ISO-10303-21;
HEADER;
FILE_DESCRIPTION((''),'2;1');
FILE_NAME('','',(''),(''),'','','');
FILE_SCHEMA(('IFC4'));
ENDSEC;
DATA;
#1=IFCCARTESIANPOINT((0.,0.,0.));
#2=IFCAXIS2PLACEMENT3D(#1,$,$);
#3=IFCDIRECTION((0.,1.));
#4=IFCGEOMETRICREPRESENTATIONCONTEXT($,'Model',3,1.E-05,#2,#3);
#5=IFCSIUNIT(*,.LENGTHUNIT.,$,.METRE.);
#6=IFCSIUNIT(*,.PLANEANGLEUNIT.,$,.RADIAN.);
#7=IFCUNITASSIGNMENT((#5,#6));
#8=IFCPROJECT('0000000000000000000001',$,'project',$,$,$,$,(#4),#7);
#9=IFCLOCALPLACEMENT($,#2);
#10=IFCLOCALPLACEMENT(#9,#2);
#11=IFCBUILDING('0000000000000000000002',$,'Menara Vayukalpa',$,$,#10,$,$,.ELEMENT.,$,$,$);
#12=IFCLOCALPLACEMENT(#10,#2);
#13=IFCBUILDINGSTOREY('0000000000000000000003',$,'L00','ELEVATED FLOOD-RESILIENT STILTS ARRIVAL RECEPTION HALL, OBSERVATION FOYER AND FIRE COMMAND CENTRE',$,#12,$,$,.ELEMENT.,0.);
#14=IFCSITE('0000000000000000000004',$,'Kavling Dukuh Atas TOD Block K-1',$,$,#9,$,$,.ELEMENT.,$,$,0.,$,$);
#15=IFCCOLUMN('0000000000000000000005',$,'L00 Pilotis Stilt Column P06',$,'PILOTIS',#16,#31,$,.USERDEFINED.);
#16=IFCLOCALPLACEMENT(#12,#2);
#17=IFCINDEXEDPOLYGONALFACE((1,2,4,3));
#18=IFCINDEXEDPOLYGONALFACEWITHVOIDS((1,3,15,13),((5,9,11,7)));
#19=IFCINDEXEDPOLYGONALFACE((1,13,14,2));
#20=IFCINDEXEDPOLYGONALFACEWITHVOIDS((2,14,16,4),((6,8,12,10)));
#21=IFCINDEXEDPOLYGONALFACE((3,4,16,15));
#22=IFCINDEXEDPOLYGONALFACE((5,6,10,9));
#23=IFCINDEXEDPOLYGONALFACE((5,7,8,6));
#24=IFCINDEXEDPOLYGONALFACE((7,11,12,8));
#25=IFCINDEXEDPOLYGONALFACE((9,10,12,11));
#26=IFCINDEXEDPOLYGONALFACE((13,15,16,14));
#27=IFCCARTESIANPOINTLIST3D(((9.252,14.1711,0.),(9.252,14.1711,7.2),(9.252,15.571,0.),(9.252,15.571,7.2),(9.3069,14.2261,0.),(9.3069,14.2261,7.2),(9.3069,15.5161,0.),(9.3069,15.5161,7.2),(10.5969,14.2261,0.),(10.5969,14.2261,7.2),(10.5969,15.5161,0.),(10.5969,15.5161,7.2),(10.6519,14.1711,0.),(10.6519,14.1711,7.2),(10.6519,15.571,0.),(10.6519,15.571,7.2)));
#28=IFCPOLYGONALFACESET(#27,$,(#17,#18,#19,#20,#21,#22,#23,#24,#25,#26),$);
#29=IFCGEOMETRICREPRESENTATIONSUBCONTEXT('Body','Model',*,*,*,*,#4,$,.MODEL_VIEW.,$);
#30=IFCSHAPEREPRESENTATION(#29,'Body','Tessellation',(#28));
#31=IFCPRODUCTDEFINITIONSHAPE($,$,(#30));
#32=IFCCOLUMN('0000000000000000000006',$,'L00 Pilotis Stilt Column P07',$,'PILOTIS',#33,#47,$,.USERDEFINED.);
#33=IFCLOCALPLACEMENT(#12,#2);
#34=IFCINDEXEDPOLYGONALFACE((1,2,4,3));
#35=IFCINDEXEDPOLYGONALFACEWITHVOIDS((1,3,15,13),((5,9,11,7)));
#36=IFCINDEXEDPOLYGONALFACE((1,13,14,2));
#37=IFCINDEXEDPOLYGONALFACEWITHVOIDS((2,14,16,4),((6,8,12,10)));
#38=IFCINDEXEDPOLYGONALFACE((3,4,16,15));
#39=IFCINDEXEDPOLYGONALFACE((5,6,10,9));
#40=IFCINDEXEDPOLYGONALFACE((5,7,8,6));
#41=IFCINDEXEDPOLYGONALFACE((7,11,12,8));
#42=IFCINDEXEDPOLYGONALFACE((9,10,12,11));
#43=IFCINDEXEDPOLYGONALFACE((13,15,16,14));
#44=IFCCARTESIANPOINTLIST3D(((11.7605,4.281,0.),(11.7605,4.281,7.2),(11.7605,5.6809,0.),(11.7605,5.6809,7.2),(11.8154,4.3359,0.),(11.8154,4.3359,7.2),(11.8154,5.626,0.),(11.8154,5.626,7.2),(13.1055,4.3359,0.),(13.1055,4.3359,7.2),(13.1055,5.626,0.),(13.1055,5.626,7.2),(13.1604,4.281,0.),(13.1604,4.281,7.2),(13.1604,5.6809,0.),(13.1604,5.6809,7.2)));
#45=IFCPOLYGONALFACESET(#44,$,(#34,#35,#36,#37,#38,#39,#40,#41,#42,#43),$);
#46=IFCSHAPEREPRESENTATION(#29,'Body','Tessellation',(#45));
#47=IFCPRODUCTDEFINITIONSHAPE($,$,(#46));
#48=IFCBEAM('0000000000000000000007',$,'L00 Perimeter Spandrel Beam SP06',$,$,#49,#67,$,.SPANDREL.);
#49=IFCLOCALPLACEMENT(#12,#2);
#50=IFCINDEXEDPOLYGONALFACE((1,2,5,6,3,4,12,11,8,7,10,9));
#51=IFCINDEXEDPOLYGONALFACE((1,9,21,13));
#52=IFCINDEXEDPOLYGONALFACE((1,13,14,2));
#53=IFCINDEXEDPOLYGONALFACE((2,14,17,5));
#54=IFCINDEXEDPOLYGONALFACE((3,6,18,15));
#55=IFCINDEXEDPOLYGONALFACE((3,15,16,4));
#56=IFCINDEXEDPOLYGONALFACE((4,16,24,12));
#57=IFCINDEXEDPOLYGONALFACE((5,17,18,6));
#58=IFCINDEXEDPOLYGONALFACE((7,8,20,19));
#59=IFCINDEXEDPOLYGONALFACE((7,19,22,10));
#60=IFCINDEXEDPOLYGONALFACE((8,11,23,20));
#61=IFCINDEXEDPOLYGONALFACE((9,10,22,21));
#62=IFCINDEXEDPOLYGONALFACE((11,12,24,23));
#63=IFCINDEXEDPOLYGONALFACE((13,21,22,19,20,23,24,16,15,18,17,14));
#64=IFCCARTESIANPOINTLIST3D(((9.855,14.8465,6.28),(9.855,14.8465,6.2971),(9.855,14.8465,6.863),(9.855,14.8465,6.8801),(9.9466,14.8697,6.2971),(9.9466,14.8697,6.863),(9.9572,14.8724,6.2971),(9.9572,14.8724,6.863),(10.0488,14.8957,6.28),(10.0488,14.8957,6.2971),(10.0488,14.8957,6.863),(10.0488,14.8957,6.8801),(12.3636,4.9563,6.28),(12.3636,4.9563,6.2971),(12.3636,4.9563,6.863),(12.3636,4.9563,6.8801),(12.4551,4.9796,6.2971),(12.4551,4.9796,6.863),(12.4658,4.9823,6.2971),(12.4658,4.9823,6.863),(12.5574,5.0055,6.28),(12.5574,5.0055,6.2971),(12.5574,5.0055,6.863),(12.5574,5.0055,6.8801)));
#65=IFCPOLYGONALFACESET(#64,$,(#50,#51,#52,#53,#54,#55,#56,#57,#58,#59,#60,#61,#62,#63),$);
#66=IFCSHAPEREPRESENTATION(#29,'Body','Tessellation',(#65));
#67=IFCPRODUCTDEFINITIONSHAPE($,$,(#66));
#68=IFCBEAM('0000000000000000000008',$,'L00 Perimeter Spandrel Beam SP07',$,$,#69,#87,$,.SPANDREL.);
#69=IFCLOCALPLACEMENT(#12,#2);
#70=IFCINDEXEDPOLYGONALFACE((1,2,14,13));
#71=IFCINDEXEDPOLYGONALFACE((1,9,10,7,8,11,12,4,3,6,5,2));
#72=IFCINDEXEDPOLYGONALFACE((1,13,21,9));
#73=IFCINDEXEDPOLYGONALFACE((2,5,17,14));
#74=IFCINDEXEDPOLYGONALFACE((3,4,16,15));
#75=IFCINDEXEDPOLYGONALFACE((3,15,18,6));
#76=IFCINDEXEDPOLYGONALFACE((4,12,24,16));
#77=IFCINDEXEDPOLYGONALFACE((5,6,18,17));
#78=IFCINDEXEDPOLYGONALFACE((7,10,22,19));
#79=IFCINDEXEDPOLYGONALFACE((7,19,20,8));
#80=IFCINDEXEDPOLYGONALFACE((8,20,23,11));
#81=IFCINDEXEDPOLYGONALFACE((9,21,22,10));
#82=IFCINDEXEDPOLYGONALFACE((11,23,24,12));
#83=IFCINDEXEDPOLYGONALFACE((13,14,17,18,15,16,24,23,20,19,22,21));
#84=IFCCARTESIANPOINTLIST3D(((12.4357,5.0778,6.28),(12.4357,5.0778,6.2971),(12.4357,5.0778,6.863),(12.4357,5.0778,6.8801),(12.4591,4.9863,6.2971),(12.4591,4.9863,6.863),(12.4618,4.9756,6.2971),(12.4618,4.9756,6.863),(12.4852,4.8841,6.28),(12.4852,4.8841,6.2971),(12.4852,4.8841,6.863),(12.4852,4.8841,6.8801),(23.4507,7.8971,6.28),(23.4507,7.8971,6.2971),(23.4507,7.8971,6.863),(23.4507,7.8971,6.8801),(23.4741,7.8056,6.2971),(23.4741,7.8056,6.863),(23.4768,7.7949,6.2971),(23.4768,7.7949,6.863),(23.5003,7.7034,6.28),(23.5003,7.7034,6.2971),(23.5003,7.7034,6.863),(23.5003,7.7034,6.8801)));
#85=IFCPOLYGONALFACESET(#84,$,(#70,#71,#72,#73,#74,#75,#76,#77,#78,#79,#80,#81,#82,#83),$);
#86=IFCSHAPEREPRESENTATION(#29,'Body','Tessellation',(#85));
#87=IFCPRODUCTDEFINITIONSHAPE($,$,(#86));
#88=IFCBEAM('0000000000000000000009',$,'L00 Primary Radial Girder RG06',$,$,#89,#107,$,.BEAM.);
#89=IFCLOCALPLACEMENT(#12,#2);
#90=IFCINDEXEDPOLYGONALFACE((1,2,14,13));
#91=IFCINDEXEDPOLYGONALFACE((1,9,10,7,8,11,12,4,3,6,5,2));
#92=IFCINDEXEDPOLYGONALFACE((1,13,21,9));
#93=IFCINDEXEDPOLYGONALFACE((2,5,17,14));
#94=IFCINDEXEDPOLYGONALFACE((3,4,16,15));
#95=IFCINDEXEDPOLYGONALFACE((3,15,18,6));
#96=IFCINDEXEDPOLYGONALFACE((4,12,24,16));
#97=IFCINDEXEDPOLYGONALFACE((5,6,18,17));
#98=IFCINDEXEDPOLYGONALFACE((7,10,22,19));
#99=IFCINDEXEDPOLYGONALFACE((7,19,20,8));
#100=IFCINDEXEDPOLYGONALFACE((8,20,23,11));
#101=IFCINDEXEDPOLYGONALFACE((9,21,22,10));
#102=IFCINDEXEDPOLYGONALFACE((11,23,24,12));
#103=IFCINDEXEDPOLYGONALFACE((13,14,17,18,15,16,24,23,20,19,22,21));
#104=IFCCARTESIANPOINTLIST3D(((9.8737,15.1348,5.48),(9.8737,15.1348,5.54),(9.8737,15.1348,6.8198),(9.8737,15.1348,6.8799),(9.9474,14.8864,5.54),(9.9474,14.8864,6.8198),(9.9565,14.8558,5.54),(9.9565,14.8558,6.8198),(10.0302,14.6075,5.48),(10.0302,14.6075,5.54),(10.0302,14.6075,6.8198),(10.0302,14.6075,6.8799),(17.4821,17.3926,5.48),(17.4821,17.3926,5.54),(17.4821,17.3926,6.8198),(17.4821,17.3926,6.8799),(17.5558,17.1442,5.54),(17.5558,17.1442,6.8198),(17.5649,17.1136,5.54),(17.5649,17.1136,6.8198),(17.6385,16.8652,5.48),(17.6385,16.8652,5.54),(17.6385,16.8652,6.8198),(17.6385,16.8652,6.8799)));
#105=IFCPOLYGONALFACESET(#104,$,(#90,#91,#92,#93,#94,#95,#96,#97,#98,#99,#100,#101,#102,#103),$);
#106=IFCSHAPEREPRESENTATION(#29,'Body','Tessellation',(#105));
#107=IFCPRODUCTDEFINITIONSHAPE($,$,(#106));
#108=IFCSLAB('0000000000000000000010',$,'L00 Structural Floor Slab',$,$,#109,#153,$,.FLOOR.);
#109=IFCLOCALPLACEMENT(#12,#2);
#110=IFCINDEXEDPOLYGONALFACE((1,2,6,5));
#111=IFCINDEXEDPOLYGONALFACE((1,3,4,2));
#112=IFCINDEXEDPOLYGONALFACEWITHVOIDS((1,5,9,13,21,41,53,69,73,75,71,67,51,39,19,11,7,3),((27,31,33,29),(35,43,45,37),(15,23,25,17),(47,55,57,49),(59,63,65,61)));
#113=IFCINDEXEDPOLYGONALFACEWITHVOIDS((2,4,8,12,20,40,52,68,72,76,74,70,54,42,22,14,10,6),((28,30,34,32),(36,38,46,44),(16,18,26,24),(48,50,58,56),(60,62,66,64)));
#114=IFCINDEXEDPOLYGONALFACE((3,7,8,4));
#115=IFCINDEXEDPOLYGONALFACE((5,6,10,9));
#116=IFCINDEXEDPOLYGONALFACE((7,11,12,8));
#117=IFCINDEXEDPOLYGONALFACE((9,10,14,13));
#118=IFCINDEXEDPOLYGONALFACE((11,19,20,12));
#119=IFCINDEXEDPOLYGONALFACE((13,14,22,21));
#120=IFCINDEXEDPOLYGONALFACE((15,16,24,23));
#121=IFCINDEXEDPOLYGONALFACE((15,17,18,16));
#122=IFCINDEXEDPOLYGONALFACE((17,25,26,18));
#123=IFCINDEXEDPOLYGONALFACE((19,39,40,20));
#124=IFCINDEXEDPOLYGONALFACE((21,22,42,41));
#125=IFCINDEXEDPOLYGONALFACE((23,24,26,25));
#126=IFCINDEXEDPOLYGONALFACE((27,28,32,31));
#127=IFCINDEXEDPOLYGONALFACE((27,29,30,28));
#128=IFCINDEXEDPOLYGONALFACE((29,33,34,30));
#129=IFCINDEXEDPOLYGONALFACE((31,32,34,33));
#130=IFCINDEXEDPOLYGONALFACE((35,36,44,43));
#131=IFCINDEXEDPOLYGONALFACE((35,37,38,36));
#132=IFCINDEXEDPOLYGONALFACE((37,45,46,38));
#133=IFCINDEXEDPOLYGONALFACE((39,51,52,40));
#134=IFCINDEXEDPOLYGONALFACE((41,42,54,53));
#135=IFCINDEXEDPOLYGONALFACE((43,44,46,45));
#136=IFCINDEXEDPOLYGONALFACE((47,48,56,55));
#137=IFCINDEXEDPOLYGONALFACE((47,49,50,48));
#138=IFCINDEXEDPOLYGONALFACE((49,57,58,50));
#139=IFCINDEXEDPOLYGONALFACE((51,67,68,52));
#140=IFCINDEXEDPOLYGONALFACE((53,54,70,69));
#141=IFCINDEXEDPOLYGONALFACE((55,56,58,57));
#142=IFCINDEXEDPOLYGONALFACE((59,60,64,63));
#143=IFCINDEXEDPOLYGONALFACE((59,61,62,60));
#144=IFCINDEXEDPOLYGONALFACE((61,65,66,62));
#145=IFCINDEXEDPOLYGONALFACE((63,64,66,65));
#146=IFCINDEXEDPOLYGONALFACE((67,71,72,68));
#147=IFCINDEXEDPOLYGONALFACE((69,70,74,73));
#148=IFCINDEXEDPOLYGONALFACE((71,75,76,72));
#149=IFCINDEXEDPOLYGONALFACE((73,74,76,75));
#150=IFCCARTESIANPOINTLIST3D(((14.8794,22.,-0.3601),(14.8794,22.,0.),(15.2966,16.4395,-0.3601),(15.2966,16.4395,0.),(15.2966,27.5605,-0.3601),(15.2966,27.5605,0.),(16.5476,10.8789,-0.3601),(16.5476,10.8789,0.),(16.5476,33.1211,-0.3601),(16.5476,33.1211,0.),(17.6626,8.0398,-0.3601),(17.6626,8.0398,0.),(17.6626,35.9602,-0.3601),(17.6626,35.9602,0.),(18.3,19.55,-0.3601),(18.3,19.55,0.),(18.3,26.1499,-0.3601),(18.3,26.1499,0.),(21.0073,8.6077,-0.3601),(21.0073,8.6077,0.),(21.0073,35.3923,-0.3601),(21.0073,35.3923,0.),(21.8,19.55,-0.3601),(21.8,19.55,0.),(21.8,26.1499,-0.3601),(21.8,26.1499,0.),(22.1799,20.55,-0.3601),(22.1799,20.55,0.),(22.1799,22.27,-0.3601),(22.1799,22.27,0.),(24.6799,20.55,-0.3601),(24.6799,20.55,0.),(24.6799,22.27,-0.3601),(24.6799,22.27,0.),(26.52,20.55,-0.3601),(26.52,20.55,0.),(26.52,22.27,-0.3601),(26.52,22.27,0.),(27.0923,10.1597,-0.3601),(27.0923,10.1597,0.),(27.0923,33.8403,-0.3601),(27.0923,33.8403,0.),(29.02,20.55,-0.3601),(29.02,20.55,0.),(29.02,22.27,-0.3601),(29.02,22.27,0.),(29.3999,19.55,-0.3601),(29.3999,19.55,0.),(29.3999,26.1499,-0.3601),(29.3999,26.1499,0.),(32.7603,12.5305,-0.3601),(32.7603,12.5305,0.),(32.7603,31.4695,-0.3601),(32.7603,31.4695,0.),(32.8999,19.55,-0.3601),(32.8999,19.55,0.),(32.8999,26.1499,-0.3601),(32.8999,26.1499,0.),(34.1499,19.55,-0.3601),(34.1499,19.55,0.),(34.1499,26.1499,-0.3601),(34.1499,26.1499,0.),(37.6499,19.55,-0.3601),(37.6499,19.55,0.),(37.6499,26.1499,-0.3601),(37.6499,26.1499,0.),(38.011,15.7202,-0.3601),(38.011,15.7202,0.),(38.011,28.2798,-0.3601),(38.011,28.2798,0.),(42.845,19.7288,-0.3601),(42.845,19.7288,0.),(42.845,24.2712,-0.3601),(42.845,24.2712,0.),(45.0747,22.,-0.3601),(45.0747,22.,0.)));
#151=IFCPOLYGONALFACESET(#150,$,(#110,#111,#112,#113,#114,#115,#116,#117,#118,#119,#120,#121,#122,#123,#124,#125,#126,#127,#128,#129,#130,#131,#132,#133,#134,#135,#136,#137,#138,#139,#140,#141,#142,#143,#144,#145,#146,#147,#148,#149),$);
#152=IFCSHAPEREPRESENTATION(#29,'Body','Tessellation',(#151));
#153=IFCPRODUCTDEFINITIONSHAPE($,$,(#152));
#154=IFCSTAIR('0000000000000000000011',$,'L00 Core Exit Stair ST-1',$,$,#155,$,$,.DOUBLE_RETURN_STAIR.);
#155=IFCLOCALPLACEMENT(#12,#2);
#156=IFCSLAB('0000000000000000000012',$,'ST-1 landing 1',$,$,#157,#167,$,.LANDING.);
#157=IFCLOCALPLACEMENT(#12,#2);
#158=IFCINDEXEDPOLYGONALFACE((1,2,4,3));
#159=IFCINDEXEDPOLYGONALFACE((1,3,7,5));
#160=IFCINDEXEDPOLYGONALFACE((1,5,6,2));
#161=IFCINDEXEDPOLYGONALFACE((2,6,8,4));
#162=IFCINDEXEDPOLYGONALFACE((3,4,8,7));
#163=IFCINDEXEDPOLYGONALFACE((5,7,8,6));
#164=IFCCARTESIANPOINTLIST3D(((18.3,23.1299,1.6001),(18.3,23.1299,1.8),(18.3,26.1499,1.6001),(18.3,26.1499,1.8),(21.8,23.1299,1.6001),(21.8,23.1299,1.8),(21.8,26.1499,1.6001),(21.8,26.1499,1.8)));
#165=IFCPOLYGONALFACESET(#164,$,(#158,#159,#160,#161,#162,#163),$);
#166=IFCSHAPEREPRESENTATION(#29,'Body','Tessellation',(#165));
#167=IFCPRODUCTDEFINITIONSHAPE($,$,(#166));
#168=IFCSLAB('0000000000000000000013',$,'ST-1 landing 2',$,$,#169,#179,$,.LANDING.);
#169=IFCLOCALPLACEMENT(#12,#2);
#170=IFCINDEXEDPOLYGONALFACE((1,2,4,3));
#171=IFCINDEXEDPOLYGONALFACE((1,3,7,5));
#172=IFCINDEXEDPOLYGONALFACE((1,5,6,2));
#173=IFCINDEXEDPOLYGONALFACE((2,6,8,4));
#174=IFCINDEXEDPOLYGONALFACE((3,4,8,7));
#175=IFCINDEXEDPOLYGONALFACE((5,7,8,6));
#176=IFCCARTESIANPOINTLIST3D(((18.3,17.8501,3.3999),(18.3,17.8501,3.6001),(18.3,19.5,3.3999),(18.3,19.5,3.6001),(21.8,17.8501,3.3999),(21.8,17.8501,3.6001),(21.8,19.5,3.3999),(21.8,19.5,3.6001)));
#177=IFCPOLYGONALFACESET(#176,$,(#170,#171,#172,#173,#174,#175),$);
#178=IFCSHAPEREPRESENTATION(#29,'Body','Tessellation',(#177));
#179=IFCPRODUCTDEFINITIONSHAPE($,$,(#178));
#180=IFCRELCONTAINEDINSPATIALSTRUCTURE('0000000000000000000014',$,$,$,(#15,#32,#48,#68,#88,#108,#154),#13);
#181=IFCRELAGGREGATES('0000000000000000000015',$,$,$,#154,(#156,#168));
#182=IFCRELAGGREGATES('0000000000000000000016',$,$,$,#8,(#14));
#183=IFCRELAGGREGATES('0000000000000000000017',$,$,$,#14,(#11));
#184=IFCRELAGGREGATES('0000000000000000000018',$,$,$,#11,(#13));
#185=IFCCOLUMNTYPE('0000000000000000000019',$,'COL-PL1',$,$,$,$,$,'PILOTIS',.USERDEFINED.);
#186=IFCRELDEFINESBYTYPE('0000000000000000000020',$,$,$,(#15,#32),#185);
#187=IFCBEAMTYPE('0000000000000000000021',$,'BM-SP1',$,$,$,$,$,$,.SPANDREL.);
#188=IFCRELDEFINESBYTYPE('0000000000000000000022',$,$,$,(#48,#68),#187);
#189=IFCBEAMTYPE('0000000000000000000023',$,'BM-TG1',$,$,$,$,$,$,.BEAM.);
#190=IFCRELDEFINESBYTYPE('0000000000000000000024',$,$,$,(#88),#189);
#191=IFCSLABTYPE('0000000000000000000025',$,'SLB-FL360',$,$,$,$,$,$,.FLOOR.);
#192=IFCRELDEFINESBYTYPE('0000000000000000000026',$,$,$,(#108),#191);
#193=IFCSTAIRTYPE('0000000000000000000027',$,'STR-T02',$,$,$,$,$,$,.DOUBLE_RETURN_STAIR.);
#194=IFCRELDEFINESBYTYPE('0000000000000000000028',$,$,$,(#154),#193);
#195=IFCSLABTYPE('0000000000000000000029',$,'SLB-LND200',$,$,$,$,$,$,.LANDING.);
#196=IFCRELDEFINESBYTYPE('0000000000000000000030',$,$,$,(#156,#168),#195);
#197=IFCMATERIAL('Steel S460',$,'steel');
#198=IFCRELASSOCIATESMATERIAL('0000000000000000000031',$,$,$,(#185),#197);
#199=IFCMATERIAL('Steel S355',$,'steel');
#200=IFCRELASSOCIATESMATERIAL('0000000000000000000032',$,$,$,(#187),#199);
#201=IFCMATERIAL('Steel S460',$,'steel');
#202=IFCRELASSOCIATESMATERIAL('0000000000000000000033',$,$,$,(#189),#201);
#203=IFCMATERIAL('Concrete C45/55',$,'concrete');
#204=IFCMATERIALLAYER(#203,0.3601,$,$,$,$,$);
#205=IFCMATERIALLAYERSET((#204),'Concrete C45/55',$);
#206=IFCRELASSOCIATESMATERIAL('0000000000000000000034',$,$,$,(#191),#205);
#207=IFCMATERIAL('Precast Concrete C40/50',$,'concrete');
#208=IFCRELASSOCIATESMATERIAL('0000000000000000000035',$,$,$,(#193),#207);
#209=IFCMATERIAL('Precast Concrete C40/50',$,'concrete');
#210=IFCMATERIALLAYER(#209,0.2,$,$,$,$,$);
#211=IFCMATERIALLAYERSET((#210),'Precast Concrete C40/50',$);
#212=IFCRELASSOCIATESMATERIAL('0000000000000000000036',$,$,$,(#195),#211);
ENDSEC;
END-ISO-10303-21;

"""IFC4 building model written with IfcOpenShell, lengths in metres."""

from ifc_helpers import new_model, si_unit, direction, frame, origin, origin_2d, place, context, subcontext, project, spatial, polyline, hollow_rectangle, i_section, outline, extrude, material, layer, layer_set, material_profile, profile_set, type_object, element, aggregate, save


model = new_model("IFC4")

# Units and contexts
model_context = context("Model", 3, precision=1e-05, world=origin(), true_north=direction((0.0, 1.0)))
body_context = subcontext(model_context, "Body", "Model", "MODEL_VIEW")
ifc_project = project(units=[si_unit("LENGTHUNIT", "METRE"), si_unit("PLANEANGLEUNIT", "RADIAN")], contexts=[model_context])

# Site, building, storey
site_placement = place(None, origin())
site = spatial("IfcSite", under=ifc_project, at=site_placement, Name="Kavling Dukuh Atas TOD Block K-1", CompositionType="ELEMENT", RefElevation=0.0)
building_placement = place(site_placement, origin())
building = spatial("IfcBuilding", under=site, at=building_placement, Name="Menara Vayukalpa", CompositionType="ELEMENT")
storey_placement = place(building_placement, origin())
storey = spatial("IfcBuildingStorey", under=building, at=storey_placement, Name="L00", Description="ELEVATED FLOOD-RESILIENT STILTS ARRIVAL RECEPTION HALL, OBSERVATION FOYER AND FIRE COMMAND CENTRE", CompositionType="ELEMENT", Elevation=0.0)

# Columns
ifc_material_1 = material(Name="Steel S460", Category="steel")
ifc_material_profile_1 = material_profile(ifc_material_1, hollow_rectangle(XDim=1.3999, YDim=1.3999, WallThickness=0.0549, at=origin_2d()), Name="BOX 1400x1400x55")
ifc_profile_set_1 = profile_set([ifc_material_profile_1], Name="Steel S460")
column_type = type_object("IfcColumnType", Name="COL-PL1", ElementType="PILOTIS", PredefinedType="USERDEFINED", material=ifc_profile_set_1)
for number, where, z_axis, x_axis, name in (
    (1, (9.9519, 14.8711, 0.0), (0.0, 0.0, 1.0), (1.0, 0.0, 0.0), "L00 Pilotis Stilt Column P06"),
    (2, (12.4604, 4.981, 0.0), (0.0, 0.0, 1.0), (1.0, 0.0, 0.0), "L00 Pilotis Stilt Column P07"),
):
    element("IfcColumn", number, at=place(storey_placement, frame(where, z_axis=z_axis, x_axis=x_axis)), inside=storey, type_object=column_type, Name=name, ObjectType="PILOTIS", PredefinedType="USERDEFINED", context=body_context, shape_type="SweptSolid", body=[
        extrude(hollow_rectangle(XDim=1.3999, YDim=1.3999, WallThickness=0.0549, at=origin_2d()), origin(), (0.0, 0.0, 1.0), 7.2),
    ])

# Beams
ifc_material_2 = material(Name="Steel S355", Category="steel")
ifc_material_profile_2 = material_profile(ifc_material_2, i_section(OverallWidth=0.2, OverallDepth=0.6001, WebThickness=0.011, FlangeThickness=0.0171, at=origin_2d()), Name="WF 600x200x11x17")
ifc_profile_set_2 = profile_set([ifc_material_profile_2], Name="Steel S355")
beam_type_1 = type_object("IfcBeamType", Name="BM-SP1", PredefinedType="SPANDREL", material=ifc_profile_set_2)
beam_1_placement = place(storey_placement, frame((9.9519, 14.8711, 6.5801), z_axis=(0.245856, -0.969306, 0.0), x_axis=(0.969306, 0.245856, 0.0)))
element("IfcBeam", 3, at=beam_1_placement, inside=storey, type_object=beam_type_1, Name="L00 Perimeter Spandrel Beam SP06", PredefinedType="SPANDREL", context=body_context, shape_type="SweptSolid", body=[
    extrude(i_section(OverallWidth=0.2, OverallDepth=0.6001, WebThickness=0.011, FlangeThickness=0.0171, at=origin_2d()), origin(), (0.0, 0.0, 1.0), 10.2034),
])
beam_2_placement = place(storey_placement, frame((12.4604, 4.981, 6.5801), z_axis=(0.968771, 0.247958, 0.0), x_axis=(-0.247958, 0.968771, 0.0)))
element("IfcBeam", 4, at=beam_2_placement, inside=storey, type_object=beam_type_1, Name="L00 Perimeter Spandrel Beam SP07", PredefinedType="SPANDREL", context=body_context, shape_type="SweptSolid", body=[
    extrude(i_section(OverallWidth=0.2, OverallDepth=0.6001, WebThickness=0.011, FlangeThickness=0.0171, at=origin_2d()), origin(), (0.0, 0.0, 1.0), 11.3701),
])
ifc_material_3 = material(Name="Steel S460", Category="steel")
ifc_material_profile_3 = material_profile(ifc_material_3, i_section(OverallWidth=0.55, OverallDepth=1.3999, WebThickness=0.032, FlangeThickness=0.0601, at=origin_2d()), Name="WG 1400x550x32x60")
ifc_profile_set_3 = profile_set([ifc_material_profile_3], Name="Steel S460")
beam_type_2 = type_object("IfcBeamType", Name="BM-TG1", PredefinedType="BEAM", material=ifc_profile_set_3)
beam_3_placement = place(storey_placement, frame((17.5603, 17.1289, 6.1799), z_axis=(-0.958679, -0.284491, 0.0), x_axis=(0.284491, -0.958679, 0.0)))
element("IfcBeam", 5, at=beam_3_placement, inside=storey, type_object=beam_type_2, Name="L00 Primary Radial Girder RG06", PredefinedType="BEAM", context=body_context, shape_type="SweptSolid", body=[
    extrude(i_section(OverallWidth=0.55, OverallDepth=1.3999, WebThickness=0.032, FlangeThickness=0.0601, at=origin_2d()), origin(), (0.0, 0.0, 1.0), 7.9363),
])

# Slab
ifc_material_4 = material(Name="Concrete C45/55", Category="concrete")
ifc_layer_1 = layer(ifc_material_4, 0.3601)
ifc_layer_set_1 = layer_set([ifc_layer_1], Name="Concrete C45/55")
slab_type_1 = type_object("IfcSlabType", Name="SLB-FL360", PredefinedType="FLOOR", material=ifc_layer_set_1)
slab_1_placement = place(storey_placement, frame((0.0, 0.0, -0.3601)))
element("IfcSlab", 6, at=slab_1_placement, inside=storey, type_object=slab_type_1, Name="L00 Structural Floor Slab", PredefinedType="FLOOR", context=body_context, shape_type="SweptSolid", body=[
    extrude(outline(polyline([(42.845, 19.7288), (45.0747, 22.0), (42.845, 24.2712), (38.011, 28.2798), (32.7603, 31.4695), (27.0923, 33.8403), (21.0073, 35.3923), (17.6626, 35.9602), (16.5476, 33.1211), (15.2966, 27.5605), (14.8794, 22.0), (15.2966, 16.4395), (16.5476, 10.8789), (17.6626, 8.0398), (21.0073, 8.6077), (27.0923, 10.1597), (32.7603, 12.5305), (38.011, 15.7202), (42.845, 19.7288)]), holes=[polyline([(21.8, 19.55), (21.8, 26.1499), (18.3, 26.1499), (18.3, 19.55), (21.8, 19.55)]), polyline([(32.8999, 19.55), (32.8999, 26.1499), (29.3999, 26.1499), (29.3999, 19.55), (32.8999, 19.55)]), polyline([(37.6499, 19.55), (37.6499, 26.1499), (34.1499, 26.1499), (34.1499, 19.55), (37.6499, 19.55)]), polyline([(22.1799, 20.55), (24.6799, 20.55), (24.6799, 22.27), (22.1799, 22.27), (22.1799, 20.55)]), polyline([(26.52, 20.55), (29.02, 20.55), (29.02, 22.27), (26.52, 22.27), (26.52, 20.55)])]), origin(), (0.0, 0.0, 1.0), 0.3601),
])

# Stair, slabs
ifc_material_5 = material(Name="Precast Concrete C40/50", Category="concrete")
stair_type = type_object("IfcStairType", Name="STR-T02", PredefinedType="DOUBLE_RETURN_STAIR", material=ifc_material_5)
stair_1_placement = place(storey_placement, origin())
stair_1 = element("IfcStair", 7, at=stair_1_placement, inside=storey, type_object=stair_type, Name="L00 Core Exit Stair ST-1", PredefinedType="DOUBLE_RETURN_STAIR")
ifc_material_6 = material(Name="Precast Concrete C40/50", Category="concrete")
ifc_layer_2 = layer(ifc_material_6, 0.2)
ifc_layer_set_2 = layer_set([ifc_layer_2], Name="Precast Concrete C40/50")
slab_type_2 = type_object("IfcSlabType", Name="SLB-LND200", PredefinedType="LANDING", material=ifc_layer_set_2)
slab_2_placement = place(storey_placement, frame((0.0, 0.0, 1.6001)))
slab_2 = element("IfcSlab", 8, at=slab_2_placement, type_object=slab_type_2, Name="ST-1 landing 1", PredefinedType="LANDING", context=body_context, shape_type="SweptSolid", body=[
    extrude(outline(polyline([(21.8, 23.1299), (21.8, 26.1499), (18.3, 26.1499), (18.3, 23.1299), (21.8, 23.1299)])), origin(), (0.0, 0.0, 1.0), 0.2),
])
slab_3_placement = place(storey_placement, frame((0.0, 0.0, 3.3999)))
slab_3 = element("IfcSlab", 9, at=slab_3_placement, type_object=slab_type_2, Name="ST-1 landing 2", PredefinedType="LANDING", context=body_context, shape_type="SweptSolid", body=[
    extrude(outline(polyline([(21.8, 17.8501), (21.8, 19.5), (18.3, 19.5), (18.3, 17.8501), (21.8, 17.8501)])), origin(), (0.0, 0.0, 1.0), 0.2002),
])
aggregate(stair_1, [slab_2, slab_3])

save(model, "model.ifc")
